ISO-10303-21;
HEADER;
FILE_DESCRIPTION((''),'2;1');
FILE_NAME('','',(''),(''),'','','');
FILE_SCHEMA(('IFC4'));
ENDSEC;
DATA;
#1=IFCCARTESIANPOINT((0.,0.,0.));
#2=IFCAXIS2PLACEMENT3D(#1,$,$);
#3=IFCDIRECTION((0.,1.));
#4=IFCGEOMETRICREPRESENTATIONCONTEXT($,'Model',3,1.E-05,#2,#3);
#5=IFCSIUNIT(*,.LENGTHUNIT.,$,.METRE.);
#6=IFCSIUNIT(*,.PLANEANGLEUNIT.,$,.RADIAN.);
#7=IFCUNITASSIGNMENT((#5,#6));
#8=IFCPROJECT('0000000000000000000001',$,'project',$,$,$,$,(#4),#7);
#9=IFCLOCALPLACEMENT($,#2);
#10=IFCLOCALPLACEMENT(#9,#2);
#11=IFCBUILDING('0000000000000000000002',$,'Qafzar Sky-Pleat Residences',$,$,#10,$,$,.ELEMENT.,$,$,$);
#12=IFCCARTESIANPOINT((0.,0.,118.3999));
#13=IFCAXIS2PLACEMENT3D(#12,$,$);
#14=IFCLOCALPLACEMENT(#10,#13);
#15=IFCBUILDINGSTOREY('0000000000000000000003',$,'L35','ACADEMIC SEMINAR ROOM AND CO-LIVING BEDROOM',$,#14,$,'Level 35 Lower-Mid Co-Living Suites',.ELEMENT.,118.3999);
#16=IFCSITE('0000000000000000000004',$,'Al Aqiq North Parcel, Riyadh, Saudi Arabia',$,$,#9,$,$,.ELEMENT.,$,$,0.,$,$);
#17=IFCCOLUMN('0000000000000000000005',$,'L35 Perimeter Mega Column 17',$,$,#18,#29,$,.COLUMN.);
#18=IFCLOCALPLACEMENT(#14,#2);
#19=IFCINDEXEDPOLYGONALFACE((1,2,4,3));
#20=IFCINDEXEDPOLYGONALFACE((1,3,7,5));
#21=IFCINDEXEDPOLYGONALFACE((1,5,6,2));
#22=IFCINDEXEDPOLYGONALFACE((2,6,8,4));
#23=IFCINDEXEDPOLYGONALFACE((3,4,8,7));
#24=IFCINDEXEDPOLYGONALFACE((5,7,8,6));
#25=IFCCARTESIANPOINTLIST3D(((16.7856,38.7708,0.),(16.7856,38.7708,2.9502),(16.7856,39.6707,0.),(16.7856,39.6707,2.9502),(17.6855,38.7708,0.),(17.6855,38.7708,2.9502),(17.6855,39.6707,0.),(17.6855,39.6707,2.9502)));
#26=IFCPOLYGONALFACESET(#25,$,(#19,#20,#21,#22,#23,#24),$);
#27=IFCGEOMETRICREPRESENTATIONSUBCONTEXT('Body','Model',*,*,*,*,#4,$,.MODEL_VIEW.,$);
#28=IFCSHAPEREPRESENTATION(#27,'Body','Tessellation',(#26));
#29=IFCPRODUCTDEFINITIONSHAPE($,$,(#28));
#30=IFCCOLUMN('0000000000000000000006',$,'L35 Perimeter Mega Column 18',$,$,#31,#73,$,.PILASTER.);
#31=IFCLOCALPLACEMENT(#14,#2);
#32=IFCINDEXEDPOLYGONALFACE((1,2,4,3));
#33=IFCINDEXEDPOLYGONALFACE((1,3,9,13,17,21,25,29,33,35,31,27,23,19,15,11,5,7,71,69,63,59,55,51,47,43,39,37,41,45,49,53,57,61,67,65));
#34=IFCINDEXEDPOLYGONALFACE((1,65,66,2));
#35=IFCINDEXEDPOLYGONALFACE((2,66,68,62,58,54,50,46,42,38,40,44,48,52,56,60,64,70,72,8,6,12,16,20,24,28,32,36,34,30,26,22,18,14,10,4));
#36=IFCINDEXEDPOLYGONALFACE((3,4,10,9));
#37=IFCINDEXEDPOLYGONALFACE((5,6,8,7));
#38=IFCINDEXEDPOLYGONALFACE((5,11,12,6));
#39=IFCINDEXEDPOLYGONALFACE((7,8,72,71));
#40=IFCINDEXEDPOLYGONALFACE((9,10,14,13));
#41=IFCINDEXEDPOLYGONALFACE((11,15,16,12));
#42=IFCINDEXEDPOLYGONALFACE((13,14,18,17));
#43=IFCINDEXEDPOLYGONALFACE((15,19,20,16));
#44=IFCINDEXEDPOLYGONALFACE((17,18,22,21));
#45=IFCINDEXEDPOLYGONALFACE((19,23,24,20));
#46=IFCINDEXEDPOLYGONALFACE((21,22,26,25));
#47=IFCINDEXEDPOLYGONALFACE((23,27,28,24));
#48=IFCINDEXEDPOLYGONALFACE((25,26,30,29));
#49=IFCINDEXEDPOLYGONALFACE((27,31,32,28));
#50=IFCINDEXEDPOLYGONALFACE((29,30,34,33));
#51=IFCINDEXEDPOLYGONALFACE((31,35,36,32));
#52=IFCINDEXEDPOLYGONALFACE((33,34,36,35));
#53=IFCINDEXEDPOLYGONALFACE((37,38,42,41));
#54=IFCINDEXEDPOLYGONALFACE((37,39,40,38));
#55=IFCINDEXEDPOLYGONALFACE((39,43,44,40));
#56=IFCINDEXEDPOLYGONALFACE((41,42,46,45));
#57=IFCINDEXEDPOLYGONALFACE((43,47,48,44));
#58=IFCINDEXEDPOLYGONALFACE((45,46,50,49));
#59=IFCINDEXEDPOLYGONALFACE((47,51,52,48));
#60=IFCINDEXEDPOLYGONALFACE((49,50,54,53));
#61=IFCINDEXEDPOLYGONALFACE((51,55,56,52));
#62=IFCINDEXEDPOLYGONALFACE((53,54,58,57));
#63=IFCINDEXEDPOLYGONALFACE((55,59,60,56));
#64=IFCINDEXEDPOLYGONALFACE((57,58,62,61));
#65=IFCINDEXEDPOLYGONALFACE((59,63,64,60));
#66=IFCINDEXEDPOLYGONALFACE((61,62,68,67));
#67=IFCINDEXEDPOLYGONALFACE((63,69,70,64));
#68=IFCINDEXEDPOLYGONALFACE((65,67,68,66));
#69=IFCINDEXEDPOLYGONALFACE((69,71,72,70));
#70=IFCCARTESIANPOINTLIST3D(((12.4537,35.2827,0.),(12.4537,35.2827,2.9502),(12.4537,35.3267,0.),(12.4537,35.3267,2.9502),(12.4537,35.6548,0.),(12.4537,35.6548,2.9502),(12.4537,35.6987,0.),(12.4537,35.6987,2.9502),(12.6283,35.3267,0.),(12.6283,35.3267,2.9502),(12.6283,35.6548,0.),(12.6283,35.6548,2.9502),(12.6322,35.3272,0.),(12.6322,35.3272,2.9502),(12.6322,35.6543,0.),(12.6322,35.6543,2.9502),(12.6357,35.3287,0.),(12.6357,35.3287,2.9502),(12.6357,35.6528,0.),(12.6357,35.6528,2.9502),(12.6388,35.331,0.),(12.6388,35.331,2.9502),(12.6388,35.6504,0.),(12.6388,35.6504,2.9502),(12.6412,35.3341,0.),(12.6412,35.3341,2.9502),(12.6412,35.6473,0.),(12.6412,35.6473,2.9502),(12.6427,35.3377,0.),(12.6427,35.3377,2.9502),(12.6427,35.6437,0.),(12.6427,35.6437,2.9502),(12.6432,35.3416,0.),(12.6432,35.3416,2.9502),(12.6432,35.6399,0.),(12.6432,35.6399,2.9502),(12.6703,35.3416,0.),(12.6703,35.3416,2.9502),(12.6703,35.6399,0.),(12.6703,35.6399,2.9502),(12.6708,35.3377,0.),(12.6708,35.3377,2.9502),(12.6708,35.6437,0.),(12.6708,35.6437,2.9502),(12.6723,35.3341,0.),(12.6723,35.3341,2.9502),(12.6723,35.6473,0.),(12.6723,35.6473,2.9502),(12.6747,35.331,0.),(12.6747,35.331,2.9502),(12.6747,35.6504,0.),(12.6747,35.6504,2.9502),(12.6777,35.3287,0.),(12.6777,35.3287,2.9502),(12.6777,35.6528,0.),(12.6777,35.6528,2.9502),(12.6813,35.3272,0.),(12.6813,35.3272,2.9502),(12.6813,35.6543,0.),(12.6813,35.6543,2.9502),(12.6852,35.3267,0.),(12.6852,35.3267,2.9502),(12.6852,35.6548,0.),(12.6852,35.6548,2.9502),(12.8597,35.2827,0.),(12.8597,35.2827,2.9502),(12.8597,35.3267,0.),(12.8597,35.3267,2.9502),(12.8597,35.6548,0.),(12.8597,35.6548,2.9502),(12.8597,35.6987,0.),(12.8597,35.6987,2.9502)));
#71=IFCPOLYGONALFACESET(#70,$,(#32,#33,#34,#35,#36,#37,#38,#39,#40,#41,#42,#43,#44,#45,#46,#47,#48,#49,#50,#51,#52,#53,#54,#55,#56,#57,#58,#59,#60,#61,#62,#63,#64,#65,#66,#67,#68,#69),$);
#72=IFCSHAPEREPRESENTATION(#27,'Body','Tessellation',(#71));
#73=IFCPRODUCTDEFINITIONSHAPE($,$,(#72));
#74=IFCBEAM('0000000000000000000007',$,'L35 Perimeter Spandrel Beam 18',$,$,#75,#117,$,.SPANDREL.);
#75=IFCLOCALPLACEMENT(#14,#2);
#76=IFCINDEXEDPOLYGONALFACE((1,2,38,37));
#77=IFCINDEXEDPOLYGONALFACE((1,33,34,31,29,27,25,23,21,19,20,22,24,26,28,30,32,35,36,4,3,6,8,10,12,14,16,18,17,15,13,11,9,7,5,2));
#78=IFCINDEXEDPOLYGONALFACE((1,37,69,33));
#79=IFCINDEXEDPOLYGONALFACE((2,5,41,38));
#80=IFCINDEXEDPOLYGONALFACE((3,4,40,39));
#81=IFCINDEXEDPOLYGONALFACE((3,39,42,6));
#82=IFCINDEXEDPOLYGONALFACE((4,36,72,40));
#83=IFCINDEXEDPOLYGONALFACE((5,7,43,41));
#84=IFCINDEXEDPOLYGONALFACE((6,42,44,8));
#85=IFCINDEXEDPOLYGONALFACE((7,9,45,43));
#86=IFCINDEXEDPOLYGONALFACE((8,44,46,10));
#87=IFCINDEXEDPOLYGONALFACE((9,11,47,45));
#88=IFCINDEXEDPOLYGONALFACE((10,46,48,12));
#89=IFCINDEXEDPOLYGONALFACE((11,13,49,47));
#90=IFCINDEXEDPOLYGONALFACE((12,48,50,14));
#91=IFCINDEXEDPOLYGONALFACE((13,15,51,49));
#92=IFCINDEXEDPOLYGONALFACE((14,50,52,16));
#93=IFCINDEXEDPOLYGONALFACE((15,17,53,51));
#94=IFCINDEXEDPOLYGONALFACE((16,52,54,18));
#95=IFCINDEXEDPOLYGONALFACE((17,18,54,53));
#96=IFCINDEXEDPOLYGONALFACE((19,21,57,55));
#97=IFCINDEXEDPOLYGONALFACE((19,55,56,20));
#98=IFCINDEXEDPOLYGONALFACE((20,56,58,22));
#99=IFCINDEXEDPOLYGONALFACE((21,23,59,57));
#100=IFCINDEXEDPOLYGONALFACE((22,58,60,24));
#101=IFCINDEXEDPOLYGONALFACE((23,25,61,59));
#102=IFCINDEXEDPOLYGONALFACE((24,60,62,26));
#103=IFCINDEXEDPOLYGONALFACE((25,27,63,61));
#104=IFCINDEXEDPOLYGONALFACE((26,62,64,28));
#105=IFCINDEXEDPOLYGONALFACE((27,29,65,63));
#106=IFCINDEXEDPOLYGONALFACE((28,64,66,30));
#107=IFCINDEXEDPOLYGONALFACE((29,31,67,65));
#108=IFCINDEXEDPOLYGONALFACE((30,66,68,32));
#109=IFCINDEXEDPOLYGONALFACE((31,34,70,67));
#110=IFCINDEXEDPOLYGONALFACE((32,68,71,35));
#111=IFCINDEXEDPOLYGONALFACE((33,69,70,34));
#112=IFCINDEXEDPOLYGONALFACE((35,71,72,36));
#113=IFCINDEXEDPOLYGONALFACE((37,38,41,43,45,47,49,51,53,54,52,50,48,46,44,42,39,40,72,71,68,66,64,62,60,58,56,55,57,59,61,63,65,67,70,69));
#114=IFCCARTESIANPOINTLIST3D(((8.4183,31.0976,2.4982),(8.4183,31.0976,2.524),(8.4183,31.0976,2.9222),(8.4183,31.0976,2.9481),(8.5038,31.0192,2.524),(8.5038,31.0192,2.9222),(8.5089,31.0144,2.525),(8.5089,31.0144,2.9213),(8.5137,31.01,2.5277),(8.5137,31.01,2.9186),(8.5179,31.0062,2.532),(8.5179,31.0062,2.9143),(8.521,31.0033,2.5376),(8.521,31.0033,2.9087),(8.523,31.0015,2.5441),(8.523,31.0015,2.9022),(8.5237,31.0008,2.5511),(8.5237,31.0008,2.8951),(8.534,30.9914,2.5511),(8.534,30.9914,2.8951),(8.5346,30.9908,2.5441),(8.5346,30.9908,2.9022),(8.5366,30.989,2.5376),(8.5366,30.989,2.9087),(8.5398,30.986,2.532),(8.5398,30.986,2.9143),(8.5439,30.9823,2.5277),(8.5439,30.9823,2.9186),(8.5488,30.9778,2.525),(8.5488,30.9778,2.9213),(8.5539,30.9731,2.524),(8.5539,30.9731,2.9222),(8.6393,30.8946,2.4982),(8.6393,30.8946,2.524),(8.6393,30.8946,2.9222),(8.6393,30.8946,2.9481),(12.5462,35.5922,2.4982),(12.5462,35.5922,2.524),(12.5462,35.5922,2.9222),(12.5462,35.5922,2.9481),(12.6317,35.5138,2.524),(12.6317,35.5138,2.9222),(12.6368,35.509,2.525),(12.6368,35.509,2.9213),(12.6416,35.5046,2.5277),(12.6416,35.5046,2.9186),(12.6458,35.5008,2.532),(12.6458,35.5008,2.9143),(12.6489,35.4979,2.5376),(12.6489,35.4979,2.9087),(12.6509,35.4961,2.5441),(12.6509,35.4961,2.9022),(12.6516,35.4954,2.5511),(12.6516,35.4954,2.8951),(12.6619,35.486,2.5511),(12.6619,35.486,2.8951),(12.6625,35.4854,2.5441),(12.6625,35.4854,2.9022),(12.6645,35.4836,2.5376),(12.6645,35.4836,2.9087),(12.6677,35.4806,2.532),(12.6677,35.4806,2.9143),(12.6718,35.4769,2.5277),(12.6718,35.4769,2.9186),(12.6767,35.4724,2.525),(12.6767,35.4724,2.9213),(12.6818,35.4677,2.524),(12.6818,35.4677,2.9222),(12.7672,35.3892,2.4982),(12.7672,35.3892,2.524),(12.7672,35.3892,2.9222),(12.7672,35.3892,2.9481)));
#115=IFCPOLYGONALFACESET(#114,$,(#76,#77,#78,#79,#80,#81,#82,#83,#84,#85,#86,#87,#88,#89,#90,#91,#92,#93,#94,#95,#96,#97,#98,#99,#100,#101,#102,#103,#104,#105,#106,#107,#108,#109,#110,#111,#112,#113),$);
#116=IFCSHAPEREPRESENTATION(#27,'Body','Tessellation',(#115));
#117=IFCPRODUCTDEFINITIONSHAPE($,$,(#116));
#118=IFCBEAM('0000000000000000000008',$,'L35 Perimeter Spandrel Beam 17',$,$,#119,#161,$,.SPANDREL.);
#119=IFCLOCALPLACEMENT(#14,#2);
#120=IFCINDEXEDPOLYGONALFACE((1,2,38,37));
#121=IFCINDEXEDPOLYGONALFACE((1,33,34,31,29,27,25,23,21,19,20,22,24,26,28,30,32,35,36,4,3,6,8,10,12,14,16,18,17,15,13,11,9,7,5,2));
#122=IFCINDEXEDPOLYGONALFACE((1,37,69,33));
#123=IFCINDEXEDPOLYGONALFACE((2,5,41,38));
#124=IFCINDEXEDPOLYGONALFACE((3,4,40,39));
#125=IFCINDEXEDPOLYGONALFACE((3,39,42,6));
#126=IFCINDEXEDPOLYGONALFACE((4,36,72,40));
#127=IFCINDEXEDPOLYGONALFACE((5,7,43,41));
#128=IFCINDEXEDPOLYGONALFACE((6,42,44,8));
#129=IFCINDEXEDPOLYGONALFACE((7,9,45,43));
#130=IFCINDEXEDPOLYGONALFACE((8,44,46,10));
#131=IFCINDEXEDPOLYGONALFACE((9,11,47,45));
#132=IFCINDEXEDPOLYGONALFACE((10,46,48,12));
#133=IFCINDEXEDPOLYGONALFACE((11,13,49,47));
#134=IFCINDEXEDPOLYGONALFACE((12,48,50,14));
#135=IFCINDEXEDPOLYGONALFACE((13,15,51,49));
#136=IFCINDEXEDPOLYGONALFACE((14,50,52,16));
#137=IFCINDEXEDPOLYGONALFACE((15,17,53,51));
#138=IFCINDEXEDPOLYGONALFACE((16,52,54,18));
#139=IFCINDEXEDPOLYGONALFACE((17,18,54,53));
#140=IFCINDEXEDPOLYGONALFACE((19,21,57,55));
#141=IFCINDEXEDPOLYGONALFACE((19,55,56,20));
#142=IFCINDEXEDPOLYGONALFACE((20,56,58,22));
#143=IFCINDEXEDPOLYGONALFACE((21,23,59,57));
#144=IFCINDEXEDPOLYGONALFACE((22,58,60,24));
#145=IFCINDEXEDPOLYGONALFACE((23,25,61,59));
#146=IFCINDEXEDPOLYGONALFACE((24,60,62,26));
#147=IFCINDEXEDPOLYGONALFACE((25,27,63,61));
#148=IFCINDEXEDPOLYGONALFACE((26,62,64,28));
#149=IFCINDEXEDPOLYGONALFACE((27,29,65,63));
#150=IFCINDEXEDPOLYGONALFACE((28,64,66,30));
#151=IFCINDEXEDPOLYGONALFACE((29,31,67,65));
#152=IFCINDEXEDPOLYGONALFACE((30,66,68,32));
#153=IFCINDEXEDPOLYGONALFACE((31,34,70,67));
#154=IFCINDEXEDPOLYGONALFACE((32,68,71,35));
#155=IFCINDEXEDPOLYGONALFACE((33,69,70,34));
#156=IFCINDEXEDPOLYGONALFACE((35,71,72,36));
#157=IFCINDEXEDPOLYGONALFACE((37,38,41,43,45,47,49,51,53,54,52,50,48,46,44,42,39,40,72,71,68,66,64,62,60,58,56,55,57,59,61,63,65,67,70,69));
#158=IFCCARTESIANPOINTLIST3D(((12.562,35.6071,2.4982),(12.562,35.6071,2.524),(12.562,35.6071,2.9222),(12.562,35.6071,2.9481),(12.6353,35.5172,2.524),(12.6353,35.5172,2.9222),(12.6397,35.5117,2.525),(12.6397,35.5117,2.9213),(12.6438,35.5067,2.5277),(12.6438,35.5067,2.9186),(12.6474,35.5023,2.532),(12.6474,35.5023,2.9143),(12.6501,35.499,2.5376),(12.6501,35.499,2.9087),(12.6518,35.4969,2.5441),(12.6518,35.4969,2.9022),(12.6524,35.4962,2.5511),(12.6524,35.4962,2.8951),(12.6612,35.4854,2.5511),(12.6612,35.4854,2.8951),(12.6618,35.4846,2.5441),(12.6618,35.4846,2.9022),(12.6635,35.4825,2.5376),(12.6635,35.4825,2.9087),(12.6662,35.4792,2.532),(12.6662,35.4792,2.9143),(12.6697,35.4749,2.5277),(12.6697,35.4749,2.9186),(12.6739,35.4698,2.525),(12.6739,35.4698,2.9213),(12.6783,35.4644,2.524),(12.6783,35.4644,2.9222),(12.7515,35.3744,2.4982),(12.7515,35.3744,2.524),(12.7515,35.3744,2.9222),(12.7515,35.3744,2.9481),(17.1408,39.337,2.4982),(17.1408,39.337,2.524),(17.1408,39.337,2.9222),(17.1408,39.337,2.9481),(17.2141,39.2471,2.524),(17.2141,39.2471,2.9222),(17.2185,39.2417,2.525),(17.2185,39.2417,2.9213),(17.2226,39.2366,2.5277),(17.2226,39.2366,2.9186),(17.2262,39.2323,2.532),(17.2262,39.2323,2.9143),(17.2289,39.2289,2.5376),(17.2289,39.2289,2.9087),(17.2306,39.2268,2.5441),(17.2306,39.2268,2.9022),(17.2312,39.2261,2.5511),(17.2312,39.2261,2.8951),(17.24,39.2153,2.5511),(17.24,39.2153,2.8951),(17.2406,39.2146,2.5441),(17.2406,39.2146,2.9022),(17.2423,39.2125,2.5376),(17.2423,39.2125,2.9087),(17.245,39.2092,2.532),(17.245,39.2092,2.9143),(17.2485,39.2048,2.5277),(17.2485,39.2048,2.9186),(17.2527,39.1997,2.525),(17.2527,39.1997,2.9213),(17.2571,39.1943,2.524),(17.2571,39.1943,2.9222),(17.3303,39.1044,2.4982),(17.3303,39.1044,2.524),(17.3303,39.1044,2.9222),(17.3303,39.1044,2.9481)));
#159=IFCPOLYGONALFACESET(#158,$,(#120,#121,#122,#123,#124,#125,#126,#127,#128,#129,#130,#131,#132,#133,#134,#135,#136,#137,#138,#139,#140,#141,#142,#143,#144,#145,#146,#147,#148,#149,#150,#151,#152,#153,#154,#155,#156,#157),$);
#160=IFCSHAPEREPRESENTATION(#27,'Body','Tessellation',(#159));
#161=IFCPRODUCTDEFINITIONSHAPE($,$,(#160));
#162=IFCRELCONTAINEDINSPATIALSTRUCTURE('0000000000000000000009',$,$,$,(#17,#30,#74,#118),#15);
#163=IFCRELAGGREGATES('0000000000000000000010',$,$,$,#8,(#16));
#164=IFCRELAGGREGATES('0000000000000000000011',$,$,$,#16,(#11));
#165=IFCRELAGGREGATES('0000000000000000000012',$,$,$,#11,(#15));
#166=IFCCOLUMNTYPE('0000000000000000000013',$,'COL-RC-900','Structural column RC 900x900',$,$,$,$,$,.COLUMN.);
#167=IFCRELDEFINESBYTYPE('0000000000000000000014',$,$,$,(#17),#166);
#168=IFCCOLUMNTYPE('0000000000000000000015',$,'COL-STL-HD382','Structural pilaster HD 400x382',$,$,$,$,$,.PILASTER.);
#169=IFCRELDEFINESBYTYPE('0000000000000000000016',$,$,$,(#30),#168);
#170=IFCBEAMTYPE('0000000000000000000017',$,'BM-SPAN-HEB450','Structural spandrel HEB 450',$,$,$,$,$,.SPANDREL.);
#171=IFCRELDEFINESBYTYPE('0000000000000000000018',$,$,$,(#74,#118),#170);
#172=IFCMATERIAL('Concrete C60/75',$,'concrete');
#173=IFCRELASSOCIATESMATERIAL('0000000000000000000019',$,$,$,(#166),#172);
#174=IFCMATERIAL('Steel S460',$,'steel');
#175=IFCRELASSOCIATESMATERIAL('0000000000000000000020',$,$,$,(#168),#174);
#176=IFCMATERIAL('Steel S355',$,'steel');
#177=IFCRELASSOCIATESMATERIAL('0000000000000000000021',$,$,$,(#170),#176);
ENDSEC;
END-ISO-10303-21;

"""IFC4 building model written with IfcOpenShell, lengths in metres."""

from ifc_helpers import new_model, si_unit, direction, frame, origin, origin_2d, place, context, subcontext, project, spatial, rectangle, i_section, extrude, source, transform, mapped, material, material_profile, profile_set, type_object, element, save


model = new_model("IFC4")

# Units and contexts
model_context = context("Model", 3, precision=1e-05, world=origin(), true_north=direction((0.0, 1.0)))
body_context = subcontext(model_context, "Body", "Model", "MODEL_VIEW")
ifc_project = project(units=[si_unit("LENGTHUNIT", "METRE"), si_unit("PLANEANGLEUNIT", "RADIAN")], contexts=[model_context])

# Site, building, storey
site_placement = place(None, origin())
site = spatial("IfcSite", under=ifc_project, at=site_placement, Name="Al Aqiq North Parcel, Riyadh, Saudi Arabia", CompositionType="ELEMENT", RefElevation=0.0)
building_placement = place(site_placement, origin())
building = spatial("IfcBuilding", under=site, at=building_placement, Name="Qafzar Sky-Pleat Residences", CompositionType="ELEMENT")
storey_placement = place(building_placement, frame((0.0, 0.0, 118.3999)))
storey = spatial("IfcBuildingStorey", under=building, at=storey_placement, Name="L35", Description="ACADEMIC SEMINAR ROOM AND CO-LIVING BEDROOM", LongName="Level 35 Lower-Mid Co-Living Suites", CompositionType="ELEMENT", Elevation=118.3999)

# Columns
ifc_material_1 = material(Name="Concrete C60/75", Category="concrete")
ifc_material_profile_1 = material_profile(ifc_material_1, rectangle(XDim=0.8999, YDim=0.8999, at=origin_2d()), Name="RC 900x900")
ifc_profile_set_1 = profile_set([ifc_material_profile_1], Name="Concrete C60/75")
column_type_1 = type_object("IfcColumnType", Name="COL-RC-900", Description="Structural column RC 900x900", PredefinedType="COLUMN", material=ifc_profile_set_1)
shared_shape_1 = source(origin(), body_context, "Body", "SweptSolid", [
    extrude(rectangle(XDim=0.8999, YDim=0.8999, at=origin_2d()), origin(), (0.0, 0.0, 1.0), 2.9502),
])
column_1_placement = place(storey_placement, frame((17.2356, 39.2207, 0.0), z_axis=(0.0, 0.0, 1.0), x_axis=(1.0, 0.0, 0.0)))
element("IfcColumn", 1, at=column_1_placement, inside=storey, type_object=column_type_1, Name="L35 Perimeter Mega Column 17", PredefinedType="COLUMN", context=body_context, shape_type="MappedRepresentation", body=[
    mapped(shared_shape_1, transform((0.0, 0.0, 0.0), x_axis=(1.0, 0.0, 0.0), y_axis=(0.0, 1.0, 0.0), z_axis=(0.0, 0.0, 1.0), scale=1.0)),
])
ifc_material_2 = material(Name="Steel S460", Category="steel")
ifc_material_profile_2 = material_profile(ifc_material_2, i_section(OverallWidth=0.406, OverallDepth=0.416, WebThickness=0.0271, FlangeThickness=0.0439, FilletRadius=0.0149, at=origin_2d()), Name="HD 400x382")
ifc_profile_set_2 = profile_set([ifc_material_profile_2], Name="Steel S460")
column_type_2 = type_object("IfcColumnType", Name="COL-STL-HD382", Description="Structural pilaster HD 400x382", PredefinedType="PILASTER", material=ifc_profile_set_2)
shared_shape_2 = source(origin(), body_context, "Body", "SweptSolid", [
    extrude(i_section(OverallWidth=0.406, OverallDepth=0.416, WebThickness=0.0271, FlangeThickness=0.0439, FilletRadius=0.0149, at=origin_2d()), origin(), (0.0, 0.0, 1.0), 2.9502),
])
column_2_placement = place(storey_placement, frame((12.6567, 35.4907, 0.0), z_axis=(0.0, 0.0, 1.0), x_axis=(1.0, 0.0, 0.0)))
element("IfcColumn", 2, at=column_2_placement, inside=storey, type_object=column_type_2, Name="L35 Perimeter Mega Column 18", PredefinedType="PILASTER", context=body_context, shape_type="MappedRepresentation", body=[
    mapped(shared_shape_2, transform((0.0, 0.0, 0.0), x_axis=(1.0, 0.0, 0.0), y_axis=(0.0, 1.0, 0.0), z_axis=(0.0, 0.0, 1.0), scale=1.0)),
])

# Beams
ifc_material_3 = material(Name="Steel S355", Category="steel")
ifc_material_profile_3 = material_profile(ifc_material_3, i_section(OverallWidth=0.3, OverallDepth=0.45, WebThickness=0.0139, FlangeThickness=0.0259, FilletRadius=0.0271, at=origin_2d()), Name="HEB 450")
ifc_profile_set_3 = profile_set([ifc_material_profile_3], Name="Steel S355")
beam_type_1 = type_object("IfcBeamType", Name="BM-SPAN-HEB450", Description="Structural spandrel HEB 450", PredefinedType="SPANDREL", material=ifc_profile_set_3)
shared_shape_3 = source(origin(), body_context, "Body", "SweptSolid", [
    extrude(i_section(OverallWidth=0.3, OverallDepth=0.45, WebThickness=0.0139, FlangeThickness=0.0259, FilletRadius=0.0271, at=origin_2d()), origin(), (0.0, 0.0, 1.0), 6.1025),
])
beam_1_placement = place(storey_placement, frame((12.6567, 35.4907, 2.7231), z_axis=(-0.676424, -0.736513, 0.0), x_axis=(0.736513, -0.676424, 0.0)))
element("IfcBeam", 3, at=beam_1_placement, inside=storey, type_object=beam_type_1, Name="L35 Perimeter Spandrel Beam 18", PredefinedType="SPANDREL", context=body_context, shape_type="MappedRepresentation", body=[
    mapped(shared_shape_3, transform((0.0, 0.0, 0.0), x_axis=(1.0, 0.0, 0.0), y_axis=(0.0, 1.0, 0.0), z_axis=(0.0, 0.0, 1.0), scale=1.0)),
])
shared_shape_4 = source(origin(), body_context, "Body", "SweptSolid", [
    extrude(i_section(OverallWidth=0.3, OverallDepth=0.45, WebThickness=0.0139, FlangeThickness=0.0259, FilletRadius=0.0271, at=origin_2d()), origin(), (0.0, 0.0, 1.0), 5.9058),
])
beam_2_placement = place(storey_placement, frame((17.2356, 39.2207, 2.7231), z_axis=(-0.775313, -0.631577, 0.0), x_axis=(0.631577, -0.775313, 0.0)))
element("IfcBeam", 4, at=beam_2_placement, inside=storey, type_object=beam_type_1, Name="L35 Perimeter Spandrel Beam 17", PredefinedType="SPANDREL", context=body_context, shape_type="MappedRepresentation", body=[
    mapped(shared_shape_4, transform((0.0, 0.0, 0.0), x_axis=(1.0, 0.0, 0.0), y_axis=(0.0, 1.0, 0.0), z_axis=(0.0, 0.0, 1.0), scale=1.0)),
])

save(model, "model.ifc")
